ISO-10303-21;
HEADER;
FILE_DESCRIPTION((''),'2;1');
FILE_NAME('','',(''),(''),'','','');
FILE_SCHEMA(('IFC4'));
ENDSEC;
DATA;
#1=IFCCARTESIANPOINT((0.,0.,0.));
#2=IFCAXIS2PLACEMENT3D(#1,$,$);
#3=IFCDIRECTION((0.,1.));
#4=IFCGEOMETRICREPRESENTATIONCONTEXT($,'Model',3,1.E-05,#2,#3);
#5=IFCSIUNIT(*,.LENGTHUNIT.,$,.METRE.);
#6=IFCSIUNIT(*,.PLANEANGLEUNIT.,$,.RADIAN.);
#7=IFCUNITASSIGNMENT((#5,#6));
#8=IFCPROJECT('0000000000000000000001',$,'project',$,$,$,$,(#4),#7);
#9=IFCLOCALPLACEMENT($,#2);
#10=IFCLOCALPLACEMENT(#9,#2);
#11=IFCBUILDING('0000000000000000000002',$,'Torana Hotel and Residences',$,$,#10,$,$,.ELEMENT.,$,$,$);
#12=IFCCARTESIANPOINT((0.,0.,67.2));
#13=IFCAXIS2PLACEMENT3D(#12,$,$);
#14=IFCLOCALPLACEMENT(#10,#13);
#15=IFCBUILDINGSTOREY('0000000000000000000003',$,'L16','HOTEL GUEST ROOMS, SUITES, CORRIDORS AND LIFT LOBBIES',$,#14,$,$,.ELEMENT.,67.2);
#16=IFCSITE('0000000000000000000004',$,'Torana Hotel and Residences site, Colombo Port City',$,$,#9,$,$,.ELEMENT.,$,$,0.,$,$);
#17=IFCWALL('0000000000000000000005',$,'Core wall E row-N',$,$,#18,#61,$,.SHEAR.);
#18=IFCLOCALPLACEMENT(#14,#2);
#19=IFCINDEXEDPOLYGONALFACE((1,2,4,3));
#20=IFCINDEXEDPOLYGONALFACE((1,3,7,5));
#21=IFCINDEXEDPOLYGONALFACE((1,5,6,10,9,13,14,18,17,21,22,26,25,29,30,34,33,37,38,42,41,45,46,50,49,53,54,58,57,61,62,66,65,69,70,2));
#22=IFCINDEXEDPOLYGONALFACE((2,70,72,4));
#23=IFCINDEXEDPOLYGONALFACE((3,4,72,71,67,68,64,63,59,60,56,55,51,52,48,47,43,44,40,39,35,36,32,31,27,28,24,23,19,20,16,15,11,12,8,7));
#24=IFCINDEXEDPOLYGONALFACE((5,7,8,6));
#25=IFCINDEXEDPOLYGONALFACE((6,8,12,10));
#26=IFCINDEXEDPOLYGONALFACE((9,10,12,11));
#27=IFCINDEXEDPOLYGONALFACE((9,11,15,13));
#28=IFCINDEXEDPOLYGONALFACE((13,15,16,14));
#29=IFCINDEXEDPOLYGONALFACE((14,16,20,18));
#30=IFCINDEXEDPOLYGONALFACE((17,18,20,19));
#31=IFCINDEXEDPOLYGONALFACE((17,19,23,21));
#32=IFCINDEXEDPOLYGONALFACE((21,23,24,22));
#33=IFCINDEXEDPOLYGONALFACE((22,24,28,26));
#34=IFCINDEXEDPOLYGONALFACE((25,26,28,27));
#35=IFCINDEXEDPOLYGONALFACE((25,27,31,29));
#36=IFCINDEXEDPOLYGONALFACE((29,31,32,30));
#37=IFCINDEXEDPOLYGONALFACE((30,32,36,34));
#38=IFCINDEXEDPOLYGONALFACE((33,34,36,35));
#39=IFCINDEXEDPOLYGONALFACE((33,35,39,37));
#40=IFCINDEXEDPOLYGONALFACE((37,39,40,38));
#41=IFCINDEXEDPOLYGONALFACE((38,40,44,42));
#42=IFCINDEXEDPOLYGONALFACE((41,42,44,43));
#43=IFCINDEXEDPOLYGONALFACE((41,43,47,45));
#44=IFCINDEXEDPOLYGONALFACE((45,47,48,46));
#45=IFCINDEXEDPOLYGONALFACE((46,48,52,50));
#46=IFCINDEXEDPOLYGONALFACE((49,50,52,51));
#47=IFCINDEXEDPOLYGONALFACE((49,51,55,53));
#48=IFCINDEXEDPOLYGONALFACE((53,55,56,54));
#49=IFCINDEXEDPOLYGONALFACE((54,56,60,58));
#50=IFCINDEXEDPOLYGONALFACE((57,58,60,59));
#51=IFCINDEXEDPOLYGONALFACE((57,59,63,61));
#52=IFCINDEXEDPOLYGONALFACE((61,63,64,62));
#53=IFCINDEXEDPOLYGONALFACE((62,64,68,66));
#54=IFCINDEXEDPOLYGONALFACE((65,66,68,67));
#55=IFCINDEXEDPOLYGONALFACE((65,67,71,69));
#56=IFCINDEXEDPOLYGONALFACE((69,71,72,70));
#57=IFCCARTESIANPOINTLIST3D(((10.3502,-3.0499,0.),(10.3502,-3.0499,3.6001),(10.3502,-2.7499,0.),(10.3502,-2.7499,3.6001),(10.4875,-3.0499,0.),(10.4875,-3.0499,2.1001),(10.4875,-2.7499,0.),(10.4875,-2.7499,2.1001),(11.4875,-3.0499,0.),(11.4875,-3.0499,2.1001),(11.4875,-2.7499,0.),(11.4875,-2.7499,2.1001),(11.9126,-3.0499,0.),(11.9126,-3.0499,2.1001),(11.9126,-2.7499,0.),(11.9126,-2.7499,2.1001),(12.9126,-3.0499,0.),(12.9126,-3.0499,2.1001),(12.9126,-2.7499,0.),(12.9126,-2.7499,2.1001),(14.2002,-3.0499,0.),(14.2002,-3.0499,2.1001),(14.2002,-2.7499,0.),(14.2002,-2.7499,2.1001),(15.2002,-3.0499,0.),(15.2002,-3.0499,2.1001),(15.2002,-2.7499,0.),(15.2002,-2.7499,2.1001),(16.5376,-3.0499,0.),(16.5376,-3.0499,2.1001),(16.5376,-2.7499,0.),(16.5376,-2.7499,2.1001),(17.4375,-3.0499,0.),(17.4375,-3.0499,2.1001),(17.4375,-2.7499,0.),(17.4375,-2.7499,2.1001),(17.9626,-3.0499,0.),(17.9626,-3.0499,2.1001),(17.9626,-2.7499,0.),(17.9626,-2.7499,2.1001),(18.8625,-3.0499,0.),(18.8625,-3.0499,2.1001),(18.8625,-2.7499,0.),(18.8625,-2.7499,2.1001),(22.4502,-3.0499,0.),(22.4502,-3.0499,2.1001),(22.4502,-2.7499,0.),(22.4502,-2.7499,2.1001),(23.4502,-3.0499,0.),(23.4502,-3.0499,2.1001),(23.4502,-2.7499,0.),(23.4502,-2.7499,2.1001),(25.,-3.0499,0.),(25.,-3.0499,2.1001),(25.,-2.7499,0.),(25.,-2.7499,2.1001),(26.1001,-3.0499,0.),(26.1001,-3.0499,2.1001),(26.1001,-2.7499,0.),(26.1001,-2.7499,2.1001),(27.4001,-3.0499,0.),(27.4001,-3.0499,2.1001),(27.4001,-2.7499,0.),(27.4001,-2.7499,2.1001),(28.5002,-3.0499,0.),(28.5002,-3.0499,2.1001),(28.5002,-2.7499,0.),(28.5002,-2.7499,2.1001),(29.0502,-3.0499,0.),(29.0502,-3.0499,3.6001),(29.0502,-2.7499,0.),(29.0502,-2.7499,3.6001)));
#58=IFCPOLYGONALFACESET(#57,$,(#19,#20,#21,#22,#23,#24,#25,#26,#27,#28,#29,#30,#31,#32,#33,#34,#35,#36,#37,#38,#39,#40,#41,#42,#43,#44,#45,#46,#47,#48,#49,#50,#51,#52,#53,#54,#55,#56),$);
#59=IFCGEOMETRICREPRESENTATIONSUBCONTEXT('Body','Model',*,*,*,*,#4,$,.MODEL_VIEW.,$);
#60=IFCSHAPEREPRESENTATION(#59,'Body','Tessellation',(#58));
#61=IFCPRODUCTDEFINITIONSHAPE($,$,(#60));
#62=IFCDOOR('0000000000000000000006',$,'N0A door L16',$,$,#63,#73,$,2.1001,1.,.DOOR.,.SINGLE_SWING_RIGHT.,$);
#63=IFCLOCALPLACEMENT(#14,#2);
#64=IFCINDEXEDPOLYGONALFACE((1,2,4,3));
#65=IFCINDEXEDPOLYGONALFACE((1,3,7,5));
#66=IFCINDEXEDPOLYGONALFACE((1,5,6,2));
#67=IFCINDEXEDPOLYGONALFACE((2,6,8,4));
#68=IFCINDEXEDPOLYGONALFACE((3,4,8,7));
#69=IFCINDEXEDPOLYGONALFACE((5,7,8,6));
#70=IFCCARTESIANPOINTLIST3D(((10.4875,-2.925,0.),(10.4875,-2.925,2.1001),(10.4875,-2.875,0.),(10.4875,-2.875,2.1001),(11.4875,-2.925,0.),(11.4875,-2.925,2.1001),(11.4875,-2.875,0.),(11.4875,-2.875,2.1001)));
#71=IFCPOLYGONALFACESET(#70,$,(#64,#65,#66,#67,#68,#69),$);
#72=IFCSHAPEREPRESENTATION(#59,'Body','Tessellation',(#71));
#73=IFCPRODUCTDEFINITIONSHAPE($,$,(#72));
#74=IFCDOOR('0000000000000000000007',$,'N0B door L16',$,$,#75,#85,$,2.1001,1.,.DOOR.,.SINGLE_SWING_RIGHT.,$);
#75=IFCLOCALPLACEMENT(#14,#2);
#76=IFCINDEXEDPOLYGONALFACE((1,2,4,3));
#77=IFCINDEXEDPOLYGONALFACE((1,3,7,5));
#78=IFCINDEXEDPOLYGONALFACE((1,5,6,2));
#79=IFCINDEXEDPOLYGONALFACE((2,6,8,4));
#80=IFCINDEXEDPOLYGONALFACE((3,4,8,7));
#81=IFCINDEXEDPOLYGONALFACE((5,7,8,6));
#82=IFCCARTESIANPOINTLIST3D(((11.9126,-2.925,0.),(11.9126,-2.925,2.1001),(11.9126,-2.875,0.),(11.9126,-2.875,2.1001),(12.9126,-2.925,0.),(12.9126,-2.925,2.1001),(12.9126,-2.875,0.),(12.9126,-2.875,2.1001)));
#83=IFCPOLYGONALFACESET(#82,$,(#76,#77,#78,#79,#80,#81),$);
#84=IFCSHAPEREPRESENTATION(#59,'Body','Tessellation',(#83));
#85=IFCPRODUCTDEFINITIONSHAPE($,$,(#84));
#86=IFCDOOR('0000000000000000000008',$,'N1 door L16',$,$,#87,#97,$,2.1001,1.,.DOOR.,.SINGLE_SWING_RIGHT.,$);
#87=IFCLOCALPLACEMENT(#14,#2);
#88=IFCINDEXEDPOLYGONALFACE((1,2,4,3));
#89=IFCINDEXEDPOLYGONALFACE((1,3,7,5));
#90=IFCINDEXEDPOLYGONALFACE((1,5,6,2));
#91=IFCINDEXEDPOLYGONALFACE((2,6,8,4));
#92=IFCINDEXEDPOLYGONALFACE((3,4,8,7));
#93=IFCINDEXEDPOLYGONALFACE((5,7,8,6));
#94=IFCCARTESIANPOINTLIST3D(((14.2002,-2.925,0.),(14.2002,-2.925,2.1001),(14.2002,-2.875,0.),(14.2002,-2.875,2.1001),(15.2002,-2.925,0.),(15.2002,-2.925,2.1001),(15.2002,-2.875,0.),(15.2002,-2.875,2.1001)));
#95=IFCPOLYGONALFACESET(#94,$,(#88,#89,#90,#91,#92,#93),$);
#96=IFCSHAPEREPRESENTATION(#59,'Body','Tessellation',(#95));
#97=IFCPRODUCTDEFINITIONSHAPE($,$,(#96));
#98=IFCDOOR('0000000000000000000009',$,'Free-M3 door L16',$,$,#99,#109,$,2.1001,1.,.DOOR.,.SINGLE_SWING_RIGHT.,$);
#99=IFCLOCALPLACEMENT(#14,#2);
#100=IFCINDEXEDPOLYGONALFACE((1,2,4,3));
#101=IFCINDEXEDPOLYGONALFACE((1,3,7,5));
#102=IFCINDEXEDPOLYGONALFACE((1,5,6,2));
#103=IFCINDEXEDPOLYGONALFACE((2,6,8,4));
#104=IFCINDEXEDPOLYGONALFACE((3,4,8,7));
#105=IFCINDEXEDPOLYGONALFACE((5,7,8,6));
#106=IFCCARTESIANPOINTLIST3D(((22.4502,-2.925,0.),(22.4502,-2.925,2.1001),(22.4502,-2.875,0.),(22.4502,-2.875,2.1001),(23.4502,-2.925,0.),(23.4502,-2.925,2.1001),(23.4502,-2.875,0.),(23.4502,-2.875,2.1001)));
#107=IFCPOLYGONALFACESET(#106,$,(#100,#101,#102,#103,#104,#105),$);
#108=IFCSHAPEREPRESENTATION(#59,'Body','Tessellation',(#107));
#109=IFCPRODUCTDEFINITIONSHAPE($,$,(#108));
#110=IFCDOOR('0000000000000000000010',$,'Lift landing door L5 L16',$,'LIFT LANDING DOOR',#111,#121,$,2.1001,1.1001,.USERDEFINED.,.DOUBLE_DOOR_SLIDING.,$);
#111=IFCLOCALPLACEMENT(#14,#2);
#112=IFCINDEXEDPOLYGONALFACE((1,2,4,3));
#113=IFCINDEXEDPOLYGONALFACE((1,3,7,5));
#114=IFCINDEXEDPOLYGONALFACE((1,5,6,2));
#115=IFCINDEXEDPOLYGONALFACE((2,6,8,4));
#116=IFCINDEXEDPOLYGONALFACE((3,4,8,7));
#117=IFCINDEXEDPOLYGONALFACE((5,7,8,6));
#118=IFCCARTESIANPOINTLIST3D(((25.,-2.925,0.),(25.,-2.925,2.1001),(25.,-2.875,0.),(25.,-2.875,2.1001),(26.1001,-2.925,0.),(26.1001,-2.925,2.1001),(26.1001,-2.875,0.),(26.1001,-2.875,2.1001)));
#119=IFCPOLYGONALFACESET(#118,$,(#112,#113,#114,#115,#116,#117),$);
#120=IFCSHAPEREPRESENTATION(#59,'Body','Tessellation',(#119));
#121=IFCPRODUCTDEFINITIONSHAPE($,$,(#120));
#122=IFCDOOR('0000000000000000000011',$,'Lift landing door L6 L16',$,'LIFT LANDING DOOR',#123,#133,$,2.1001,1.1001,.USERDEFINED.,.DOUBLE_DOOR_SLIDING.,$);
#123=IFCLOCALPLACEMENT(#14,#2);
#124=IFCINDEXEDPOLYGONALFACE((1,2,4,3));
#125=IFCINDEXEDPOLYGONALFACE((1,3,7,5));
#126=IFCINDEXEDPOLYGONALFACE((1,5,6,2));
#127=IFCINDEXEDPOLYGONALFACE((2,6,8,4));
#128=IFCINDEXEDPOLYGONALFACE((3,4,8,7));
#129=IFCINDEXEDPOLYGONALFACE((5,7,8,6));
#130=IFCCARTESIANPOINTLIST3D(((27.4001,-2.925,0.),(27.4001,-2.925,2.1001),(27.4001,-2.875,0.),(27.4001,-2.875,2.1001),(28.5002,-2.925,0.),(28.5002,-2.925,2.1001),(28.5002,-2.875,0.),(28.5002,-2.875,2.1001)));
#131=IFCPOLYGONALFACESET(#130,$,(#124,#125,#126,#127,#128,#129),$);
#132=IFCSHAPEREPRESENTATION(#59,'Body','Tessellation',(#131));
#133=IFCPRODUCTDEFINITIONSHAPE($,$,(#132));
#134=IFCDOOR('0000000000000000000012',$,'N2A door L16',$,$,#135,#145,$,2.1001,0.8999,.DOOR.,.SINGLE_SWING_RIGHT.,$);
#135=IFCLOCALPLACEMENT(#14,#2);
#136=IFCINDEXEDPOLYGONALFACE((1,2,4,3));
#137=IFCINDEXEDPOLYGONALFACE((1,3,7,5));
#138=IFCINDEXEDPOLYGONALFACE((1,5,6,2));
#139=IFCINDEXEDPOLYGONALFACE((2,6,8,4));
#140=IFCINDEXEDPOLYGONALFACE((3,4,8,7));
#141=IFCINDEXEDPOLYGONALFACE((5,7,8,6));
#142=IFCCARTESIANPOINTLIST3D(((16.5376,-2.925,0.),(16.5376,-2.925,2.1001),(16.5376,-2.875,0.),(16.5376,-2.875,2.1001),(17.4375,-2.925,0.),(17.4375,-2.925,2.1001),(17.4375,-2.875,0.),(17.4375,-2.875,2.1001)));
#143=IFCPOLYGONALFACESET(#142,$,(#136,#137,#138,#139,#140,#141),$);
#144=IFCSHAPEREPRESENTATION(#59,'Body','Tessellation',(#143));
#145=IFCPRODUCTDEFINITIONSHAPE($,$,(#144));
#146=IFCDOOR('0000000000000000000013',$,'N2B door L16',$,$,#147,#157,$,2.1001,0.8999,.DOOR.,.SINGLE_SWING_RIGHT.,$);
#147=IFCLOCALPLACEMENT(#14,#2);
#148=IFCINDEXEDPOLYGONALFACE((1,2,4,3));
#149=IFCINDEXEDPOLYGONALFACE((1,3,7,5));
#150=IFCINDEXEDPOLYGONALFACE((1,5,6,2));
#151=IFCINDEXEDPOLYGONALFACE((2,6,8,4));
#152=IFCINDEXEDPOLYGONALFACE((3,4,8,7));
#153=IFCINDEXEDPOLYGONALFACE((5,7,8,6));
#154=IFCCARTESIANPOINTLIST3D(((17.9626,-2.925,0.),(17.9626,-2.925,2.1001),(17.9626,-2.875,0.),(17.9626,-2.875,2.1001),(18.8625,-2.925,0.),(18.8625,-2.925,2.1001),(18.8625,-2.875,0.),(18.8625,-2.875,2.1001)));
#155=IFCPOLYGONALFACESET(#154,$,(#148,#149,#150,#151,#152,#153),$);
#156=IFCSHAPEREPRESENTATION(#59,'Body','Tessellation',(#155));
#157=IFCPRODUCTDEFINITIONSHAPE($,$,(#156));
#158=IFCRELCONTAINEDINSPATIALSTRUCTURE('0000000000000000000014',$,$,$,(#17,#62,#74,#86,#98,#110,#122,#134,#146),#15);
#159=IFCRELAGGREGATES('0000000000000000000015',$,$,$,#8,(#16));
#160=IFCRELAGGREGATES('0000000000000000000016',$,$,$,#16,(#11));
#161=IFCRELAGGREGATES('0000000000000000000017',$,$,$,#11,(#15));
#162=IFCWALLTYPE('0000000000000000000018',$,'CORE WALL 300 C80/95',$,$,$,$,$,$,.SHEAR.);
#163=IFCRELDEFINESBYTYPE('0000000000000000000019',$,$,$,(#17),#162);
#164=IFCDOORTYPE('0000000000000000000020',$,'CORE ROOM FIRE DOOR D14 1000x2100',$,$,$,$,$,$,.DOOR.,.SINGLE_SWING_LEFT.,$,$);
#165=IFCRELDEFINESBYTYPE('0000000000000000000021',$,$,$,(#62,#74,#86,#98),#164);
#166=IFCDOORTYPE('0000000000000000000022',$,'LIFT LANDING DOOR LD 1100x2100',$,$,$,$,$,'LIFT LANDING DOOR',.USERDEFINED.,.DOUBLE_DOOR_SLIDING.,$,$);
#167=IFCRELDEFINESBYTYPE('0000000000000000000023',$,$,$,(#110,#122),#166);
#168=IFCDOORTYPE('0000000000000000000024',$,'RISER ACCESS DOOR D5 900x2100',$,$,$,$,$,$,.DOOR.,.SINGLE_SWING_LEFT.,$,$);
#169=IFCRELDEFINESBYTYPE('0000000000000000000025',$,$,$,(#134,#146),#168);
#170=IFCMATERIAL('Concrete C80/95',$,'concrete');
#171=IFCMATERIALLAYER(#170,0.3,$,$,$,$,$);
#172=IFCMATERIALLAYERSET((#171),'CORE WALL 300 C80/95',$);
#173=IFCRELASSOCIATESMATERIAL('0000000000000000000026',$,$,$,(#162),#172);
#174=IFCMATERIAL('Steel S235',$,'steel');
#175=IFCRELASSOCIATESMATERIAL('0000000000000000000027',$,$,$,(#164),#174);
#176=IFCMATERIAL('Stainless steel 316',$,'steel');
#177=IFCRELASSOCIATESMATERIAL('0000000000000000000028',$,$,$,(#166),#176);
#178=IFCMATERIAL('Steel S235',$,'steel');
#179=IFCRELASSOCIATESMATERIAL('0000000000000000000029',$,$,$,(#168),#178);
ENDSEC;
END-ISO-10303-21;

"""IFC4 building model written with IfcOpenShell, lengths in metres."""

from ifc_helpers import new_model, si_unit, direction, frame, frame_2d, origin, place, context, subcontext, project, spatial, rectangle, extrude, material, layer, layer_set, type_object, element, fill, save


model = new_model("IFC4")

# Units and contexts
model_context = context("Model", 3, precision=1e-05, world=origin(), true_north=direction((0.0, 1.0)))
body_context = subcontext(model_context, "Body", "Model", "MODEL_VIEW")
ifc_project = project(units=[si_unit("LENGTHUNIT", "METRE"), si_unit("PLANEANGLEUNIT", "RADIAN")], contexts=[model_context])

# Site, building, storey
site_placement = place(None, origin())
site = spatial("IfcSite", under=ifc_project, at=site_placement, Name="Torana Hotel and Residences site, Colombo Port City", CompositionType="ELEMENT", RefElevation=0.0)
building_placement = place(site_placement, origin())
building = spatial("IfcBuilding", under=site, at=building_placement, Name="Torana Hotel and Residences", CompositionType="ELEMENT")
storey_placement = place(building_placement, frame((0.0, 0.0, 67.2)))
storey = spatial("IfcBuildingStorey", under=building, at=storey_placement, Name="L16", Description="HOTEL GUEST ROOMS, SUITES, CORRIDORS AND LIFT LOBBIES", CompositionType="ELEMENT", Elevation=67.2)

# Wall, openings, doors
ifc_material_1 = material(Name="Concrete C80/95", Category="concrete")
ifc_layer = layer(ifc_material_1, 0.3)
ifc_layer_set = layer_set([ifc_layer], Name="CORE WALL 300 C80/95")
wall_type = type_object("IfcWallType", Name="CORE WALL 300 C80/95", PredefinedType="SHEAR", material=ifc_layer_set)
wall_1_placement = place(storey_placement, frame((10.3501, -2.8999, 0.0), z_axis=(0.0, 0.0, 1.0), x_axis=(1.0, 0.0, 0.0)))
wall_1 = element("IfcWall", 1, at=wall_1_placement, inside=storey, type_object=wall_type, Name="Core wall E row-N", PredefinedType="SHEAR", context=body_context, shape_type="SweptSolid", body=[
    extrude(rectangle(XDim=18.7, YDim=0.3, at=frame_2d((9.3501, 0.0))), origin(), (0.0, 0.0, 1.0), 3.6001),
])
opening_1_placement = place(wall_1_placement, frame((14.6499, 0.0, 0.0)))
opening_1 = element("IfcOpeningElement", 2, at=opening_1_placement, cuts=wall_1, PredefinedType="OPENING", context=body_context, shape_type="SweptSolid", body=[
    extrude(rectangle(XDim=1.1001, YDim=2.1001, at=frame_2d((0.55, 1.05))), frame((0.0, 0.1599, 0.0), z_axis=(0.0, -1.0, 0.0), x_axis=(1.0, 0.0, 0.0)), (0.0, 0.0, 1.0), 0.3201),
])
opening_2_placement = place(wall_1_placement, frame((17.05, 0.0, 0.0)))
opening_2 = element("IfcOpeningElement", 3, at=opening_2_placement, cuts=wall_1, PredefinedType="OPENING", context=body_context, shape_type="SweptSolid", body=[
    extrude(rectangle(XDim=1.1001, YDim=2.1001, at=frame_2d((0.55, 1.05))), frame((0.0, 0.1599, 0.0), z_axis=(0.0, -1.0, 0.0), x_axis=(1.0, 0.0, 0.0)), (0.0, 0.0, 1.0), 0.3201),
])
opening_3_placement = place(wall_1_placement, frame((6.1875, 0.0, 0.0)))
opening_3 = element("IfcOpeningElement", 4, at=opening_3_placement, cuts=wall_1, PredefinedType="OPENING", context=body_context, shape_type="SweptSolid", body=[
    extrude(rectangle(XDim=0.8999, YDim=2.1001, at=frame_2d((0.45, 1.05))), frame((0.0, 0.1599, 0.0), z_axis=(0.0, -1.0, 0.0), x_axis=(1.0, 0.0, 0.0)), (0.0, 0.0, 1.0), 0.3201),
])
opening_4_placement = place(wall_1_placement, frame((7.6125, 0.0, 0.0)))
opening_4 = element("IfcOpeningElement", 5, at=opening_4_placement, cuts=wall_1, PredefinedType="OPENING", context=body_context, shape_type="SweptSolid", body=[
    extrude(rectangle(XDim=0.8999, YDim=2.1001, at=frame_2d((0.45, 1.05))), frame((0.0, 0.1599, 0.0), z_axis=(0.0, -1.0, 0.0), x_axis=(1.0, 0.0, 0.0)), (0.0, 0.0, 1.0), 0.3201),
])
opening_5_placement = place(wall_1_placement, frame((0.1375, 0.0, 0.0)))
opening_5 = element("IfcOpeningElement", 6, at=opening_5_placement, cuts=wall_1, PredefinedType="OPENING", context=body_context, shape_type="SweptSolid", body=[
    extrude(rectangle(XDim=1.0, YDim=2.1001, at=frame_2d((0.5, 1.05))), frame((0.0, 0.1599, 0.0), z_axis=(0.0, -1.0, 0.0), x_axis=(1.0, 0.0, 0.0)), (0.0, 0.0, 1.0), 0.3201),
])
opening_6_placement = place(wall_1_placement, frame((1.5625, 0.0, 0.0)))
opening_6 = element("IfcOpeningElement", 7, at=opening_6_placement, cuts=wall_1, PredefinedType="OPENING", context=body_context, shape_type="SweptSolid", body=[
    extrude(rectangle(XDim=1.0, YDim=2.1001, at=frame_2d((0.5, 1.05))), frame((0.0, 0.1599, 0.0), z_axis=(0.0, -1.0, 0.0), x_axis=(1.0, 0.0, 0.0)), (0.0, 0.0, 1.0), 0.3201),
])
opening_7_placement = place(wall_1_placement, frame((3.8501, 0.0, 0.0)))
opening_7 = element("IfcOpeningElement", 8, at=opening_7_placement, cuts=wall_1, PredefinedType="OPENING", context=body_context, shape_type="SweptSolid", body=[
    extrude(rectangle(XDim=1.0, YDim=2.1001, at=frame_2d((0.5, 1.05))), frame((0.0, 0.1599, 0.0), z_axis=(0.0, -1.0, 0.0), x_axis=(1.0, 0.0, 0.0)), (0.0, 0.0, 1.0), 0.3201),
])
opening_8_placement = place(wall_1_placement, frame((12.1001, 0.0, 0.0)))
opening_8 = element("IfcOpeningElement", 9, at=opening_8_placement, cuts=wall_1, PredefinedType="OPENING", context=body_context, shape_type="SweptSolid", body=[
    extrude(rectangle(XDim=1.0, YDim=2.1001, at=frame_2d((0.5, 1.05))), frame((0.0, 0.1599, 0.0), z_axis=(0.0, -1.0, 0.0), x_axis=(1.0, 0.0, 0.0)), (0.0, 0.0, 1.0), 0.3201),
])
ifc_material_2 = material(Name="Steel S235", Category="steel")
door_type_1 = type_object("IfcDoorType", Name="CORE ROOM FIRE DOOR D14 1000x2100", OperationType="SINGLE_SWING_LEFT", PredefinedType="DOOR", material=ifc_material_2)
door_1_placement = place(opening_5_placement, origin())
door_1 = element("IfcDoor", 10, at=door_1_placement, inside=storey, type_object=door_type_1, Name="N0A door L16", OperationType="SINGLE_SWING_RIGHT", OverallHeight=2.1001, OverallWidth=1.0, PredefinedType="DOOR", context=body_context, shape_type="SweptSolid", body=[
    extrude(rectangle(XDim=1.0, YDim=2.1001, at=frame_2d((0.5, 1.05))), frame((0.0, 0.0249, 0.0), z_axis=(0.0, -1.0, 0.0), x_axis=(1.0, 0.0, 0.0)), (0.0, 0.0, 1.0), 0.05),
])
fill(opening_5, door_1)
door_2_placement = place(opening_6_placement, origin())
door_2 = element("IfcDoor", 11, at=door_2_placement, inside=storey, type_object=door_type_1, Name="N0B door L16", OperationType="SINGLE_SWING_RIGHT", OverallHeight=2.1001, OverallWidth=1.0, PredefinedType="DOOR", context=body_context, shape_type="SweptSolid", body=[
    extrude(rectangle(XDim=1.0, YDim=2.1001, at=frame_2d((0.5, 1.05))), frame((0.0, 0.0249, 0.0), z_axis=(0.0, -1.0, 0.0), x_axis=(1.0, 0.0, 0.0)), (0.0, 0.0, 1.0), 0.05),
])
fill(opening_6, door_2)
door_3_placement = place(opening_7_placement, origin())
door_3 = element("IfcDoor", 12, at=door_3_placement, inside=storey, type_object=door_type_1, Name="N1 door L16", OperationType="SINGLE_SWING_RIGHT", OverallHeight=2.1001, OverallWidth=1.0, PredefinedType="DOOR", context=body_context, shape_type="SweptSolid", body=[
    extrude(rectangle(XDim=1.0, YDim=2.1001, at=frame_2d((0.5, 1.05))), frame((0.0, 0.0249, 0.0), z_axis=(0.0, -1.0, 0.0), x_axis=(1.0, 0.0, 0.0)), (0.0, 0.0, 1.0), 0.05),
])
fill(opening_7, door_3)
door_4_placement = place(opening_8_placement, origin())
door_4 = element("IfcDoor", 13, at=door_4_placement, inside=storey, type_object=door_type_1, Name="Free-M3 door L16", OperationType="SINGLE_SWING_RIGHT", OverallHeight=2.1001, OverallWidth=1.0, PredefinedType="DOOR", context=body_context, shape_type="SweptSolid", body=[
    extrude(rectangle(XDim=1.0, YDim=2.1001, at=frame_2d((0.5, 1.05))), frame((0.0, 0.0249, 0.0), z_axis=(0.0, -1.0, 0.0), x_axis=(1.0, 0.0, 0.0)), (0.0, 0.0, 1.0), 0.05),
])
fill(opening_8, door_4)
ifc_material_3 = material(Name="Stainless steel 316", Category="steel")
door_type_2 = type_object("IfcDoorType", Name="LIFT LANDING DOOR LD 1100x2100", ElementType="LIFT LANDING DOOR", OperationType="DOUBLE_DOOR_SLIDING", PredefinedType="USERDEFINED", material=ifc_material_3)
door_5_placement = place(opening_1_placement, origin())
door_5 = element("IfcDoor", 14, at=door_5_placement, inside=storey, type_object=door_type_2, Name="Lift landing door L5 L16", ObjectType="LIFT LANDING DOOR", OperationType="DOUBLE_DOOR_SLIDING", OverallHeight=2.1001, OverallWidth=1.1001, PredefinedType="USERDEFINED", context=body_context, shape_type="SweptSolid", body=[
    extrude(rectangle(XDim=1.1001, YDim=2.1001, at=frame_2d((0.55, 1.05))), frame((0.0, 0.0249, 0.0), z_axis=(0.0, -1.0, 0.0), x_axis=(1.0, 0.0, 0.0)), (0.0, 0.0, 1.0), 0.05),
])
fill(opening_1, door_5)
door_6_placement = place(opening_2_placement, origin())
door_6 = element("IfcDoor", 15, at=door_6_placement, inside=storey, type_object=door_type_2, Name="Lift landing door L6 L16", ObjectType="LIFT LANDING DOOR", OperationType="DOUBLE_DOOR_SLIDING", OverallHeight=2.1001, OverallWidth=1.1001, PredefinedType="USERDEFINED", context=body_context, shape_type="SweptSolid", body=[
    extrude(rectangle(XDim=1.1001, YDim=2.1001, at=frame_2d((0.55, 1.05))), frame((0.0, 0.0249, 0.0), z_axis=(0.0, -1.0, 0.0), x_axis=(1.0, 0.0, 0.0)), (0.0, 0.0, 1.0), 0.05),
])
fill(opening_2, door_6)
ifc_material_4 = material(Name="Steel S235", Category="steel")
door_type_3 = type_object("IfcDoorType", Name="RISER ACCESS DOOR D5 900x2100", OperationType="SINGLE_SWING_LEFT", PredefinedType="DOOR", material=ifc_material_4)
door_7_placement = place(opening_3_placement, origin())
door_7 = element("IfcDoor", 16, at=door_7_placement, inside=storey, type_object=door_type_3, Name="N2A door L16", OperationType="SINGLE_SWING_RIGHT", OverallHeight=2.1001, OverallWidth=0.8999, PredefinedType="DOOR", context=body_context, shape_type="SweptSolid", body=[
    extrude(rectangle(XDim=0.8999, YDim=2.1001, at=frame_2d((0.45, 1.05))), frame((0.0, 0.0249, 0.0), z_axis=(0.0, -1.0, 0.0), x_axis=(1.0, 0.0, 0.0)), (0.0, 0.0, 1.0), 0.05),
])
fill(opening_3, door_7)
door_8_placement = place(opening_4_placement, origin())
door_8 = element("IfcDoor", 17, at=door_8_placement, inside=storey, type_object=door_type_3, Name="N2B door L16", OperationType="SINGLE_SWING_RIGHT", OverallHeight=2.1001, OverallWidth=0.8999, PredefinedType="DOOR", context=body_context, shape_type="SweptSolid", body=[
    extrude(rectangle(XDim=0.8999, YDim=2.1001, at=frame_2d((0.45, 1.05))), frame((0.0, 0.0249, 0.0), z_axis=(0.0, -1.0, 0.0), x_axis=(1.0, 0.0, 0.0)), (0.0, 0.0, 1.0), 0.05),
])
fill(opening_4, door_8)

save(model, "model.ifc")
